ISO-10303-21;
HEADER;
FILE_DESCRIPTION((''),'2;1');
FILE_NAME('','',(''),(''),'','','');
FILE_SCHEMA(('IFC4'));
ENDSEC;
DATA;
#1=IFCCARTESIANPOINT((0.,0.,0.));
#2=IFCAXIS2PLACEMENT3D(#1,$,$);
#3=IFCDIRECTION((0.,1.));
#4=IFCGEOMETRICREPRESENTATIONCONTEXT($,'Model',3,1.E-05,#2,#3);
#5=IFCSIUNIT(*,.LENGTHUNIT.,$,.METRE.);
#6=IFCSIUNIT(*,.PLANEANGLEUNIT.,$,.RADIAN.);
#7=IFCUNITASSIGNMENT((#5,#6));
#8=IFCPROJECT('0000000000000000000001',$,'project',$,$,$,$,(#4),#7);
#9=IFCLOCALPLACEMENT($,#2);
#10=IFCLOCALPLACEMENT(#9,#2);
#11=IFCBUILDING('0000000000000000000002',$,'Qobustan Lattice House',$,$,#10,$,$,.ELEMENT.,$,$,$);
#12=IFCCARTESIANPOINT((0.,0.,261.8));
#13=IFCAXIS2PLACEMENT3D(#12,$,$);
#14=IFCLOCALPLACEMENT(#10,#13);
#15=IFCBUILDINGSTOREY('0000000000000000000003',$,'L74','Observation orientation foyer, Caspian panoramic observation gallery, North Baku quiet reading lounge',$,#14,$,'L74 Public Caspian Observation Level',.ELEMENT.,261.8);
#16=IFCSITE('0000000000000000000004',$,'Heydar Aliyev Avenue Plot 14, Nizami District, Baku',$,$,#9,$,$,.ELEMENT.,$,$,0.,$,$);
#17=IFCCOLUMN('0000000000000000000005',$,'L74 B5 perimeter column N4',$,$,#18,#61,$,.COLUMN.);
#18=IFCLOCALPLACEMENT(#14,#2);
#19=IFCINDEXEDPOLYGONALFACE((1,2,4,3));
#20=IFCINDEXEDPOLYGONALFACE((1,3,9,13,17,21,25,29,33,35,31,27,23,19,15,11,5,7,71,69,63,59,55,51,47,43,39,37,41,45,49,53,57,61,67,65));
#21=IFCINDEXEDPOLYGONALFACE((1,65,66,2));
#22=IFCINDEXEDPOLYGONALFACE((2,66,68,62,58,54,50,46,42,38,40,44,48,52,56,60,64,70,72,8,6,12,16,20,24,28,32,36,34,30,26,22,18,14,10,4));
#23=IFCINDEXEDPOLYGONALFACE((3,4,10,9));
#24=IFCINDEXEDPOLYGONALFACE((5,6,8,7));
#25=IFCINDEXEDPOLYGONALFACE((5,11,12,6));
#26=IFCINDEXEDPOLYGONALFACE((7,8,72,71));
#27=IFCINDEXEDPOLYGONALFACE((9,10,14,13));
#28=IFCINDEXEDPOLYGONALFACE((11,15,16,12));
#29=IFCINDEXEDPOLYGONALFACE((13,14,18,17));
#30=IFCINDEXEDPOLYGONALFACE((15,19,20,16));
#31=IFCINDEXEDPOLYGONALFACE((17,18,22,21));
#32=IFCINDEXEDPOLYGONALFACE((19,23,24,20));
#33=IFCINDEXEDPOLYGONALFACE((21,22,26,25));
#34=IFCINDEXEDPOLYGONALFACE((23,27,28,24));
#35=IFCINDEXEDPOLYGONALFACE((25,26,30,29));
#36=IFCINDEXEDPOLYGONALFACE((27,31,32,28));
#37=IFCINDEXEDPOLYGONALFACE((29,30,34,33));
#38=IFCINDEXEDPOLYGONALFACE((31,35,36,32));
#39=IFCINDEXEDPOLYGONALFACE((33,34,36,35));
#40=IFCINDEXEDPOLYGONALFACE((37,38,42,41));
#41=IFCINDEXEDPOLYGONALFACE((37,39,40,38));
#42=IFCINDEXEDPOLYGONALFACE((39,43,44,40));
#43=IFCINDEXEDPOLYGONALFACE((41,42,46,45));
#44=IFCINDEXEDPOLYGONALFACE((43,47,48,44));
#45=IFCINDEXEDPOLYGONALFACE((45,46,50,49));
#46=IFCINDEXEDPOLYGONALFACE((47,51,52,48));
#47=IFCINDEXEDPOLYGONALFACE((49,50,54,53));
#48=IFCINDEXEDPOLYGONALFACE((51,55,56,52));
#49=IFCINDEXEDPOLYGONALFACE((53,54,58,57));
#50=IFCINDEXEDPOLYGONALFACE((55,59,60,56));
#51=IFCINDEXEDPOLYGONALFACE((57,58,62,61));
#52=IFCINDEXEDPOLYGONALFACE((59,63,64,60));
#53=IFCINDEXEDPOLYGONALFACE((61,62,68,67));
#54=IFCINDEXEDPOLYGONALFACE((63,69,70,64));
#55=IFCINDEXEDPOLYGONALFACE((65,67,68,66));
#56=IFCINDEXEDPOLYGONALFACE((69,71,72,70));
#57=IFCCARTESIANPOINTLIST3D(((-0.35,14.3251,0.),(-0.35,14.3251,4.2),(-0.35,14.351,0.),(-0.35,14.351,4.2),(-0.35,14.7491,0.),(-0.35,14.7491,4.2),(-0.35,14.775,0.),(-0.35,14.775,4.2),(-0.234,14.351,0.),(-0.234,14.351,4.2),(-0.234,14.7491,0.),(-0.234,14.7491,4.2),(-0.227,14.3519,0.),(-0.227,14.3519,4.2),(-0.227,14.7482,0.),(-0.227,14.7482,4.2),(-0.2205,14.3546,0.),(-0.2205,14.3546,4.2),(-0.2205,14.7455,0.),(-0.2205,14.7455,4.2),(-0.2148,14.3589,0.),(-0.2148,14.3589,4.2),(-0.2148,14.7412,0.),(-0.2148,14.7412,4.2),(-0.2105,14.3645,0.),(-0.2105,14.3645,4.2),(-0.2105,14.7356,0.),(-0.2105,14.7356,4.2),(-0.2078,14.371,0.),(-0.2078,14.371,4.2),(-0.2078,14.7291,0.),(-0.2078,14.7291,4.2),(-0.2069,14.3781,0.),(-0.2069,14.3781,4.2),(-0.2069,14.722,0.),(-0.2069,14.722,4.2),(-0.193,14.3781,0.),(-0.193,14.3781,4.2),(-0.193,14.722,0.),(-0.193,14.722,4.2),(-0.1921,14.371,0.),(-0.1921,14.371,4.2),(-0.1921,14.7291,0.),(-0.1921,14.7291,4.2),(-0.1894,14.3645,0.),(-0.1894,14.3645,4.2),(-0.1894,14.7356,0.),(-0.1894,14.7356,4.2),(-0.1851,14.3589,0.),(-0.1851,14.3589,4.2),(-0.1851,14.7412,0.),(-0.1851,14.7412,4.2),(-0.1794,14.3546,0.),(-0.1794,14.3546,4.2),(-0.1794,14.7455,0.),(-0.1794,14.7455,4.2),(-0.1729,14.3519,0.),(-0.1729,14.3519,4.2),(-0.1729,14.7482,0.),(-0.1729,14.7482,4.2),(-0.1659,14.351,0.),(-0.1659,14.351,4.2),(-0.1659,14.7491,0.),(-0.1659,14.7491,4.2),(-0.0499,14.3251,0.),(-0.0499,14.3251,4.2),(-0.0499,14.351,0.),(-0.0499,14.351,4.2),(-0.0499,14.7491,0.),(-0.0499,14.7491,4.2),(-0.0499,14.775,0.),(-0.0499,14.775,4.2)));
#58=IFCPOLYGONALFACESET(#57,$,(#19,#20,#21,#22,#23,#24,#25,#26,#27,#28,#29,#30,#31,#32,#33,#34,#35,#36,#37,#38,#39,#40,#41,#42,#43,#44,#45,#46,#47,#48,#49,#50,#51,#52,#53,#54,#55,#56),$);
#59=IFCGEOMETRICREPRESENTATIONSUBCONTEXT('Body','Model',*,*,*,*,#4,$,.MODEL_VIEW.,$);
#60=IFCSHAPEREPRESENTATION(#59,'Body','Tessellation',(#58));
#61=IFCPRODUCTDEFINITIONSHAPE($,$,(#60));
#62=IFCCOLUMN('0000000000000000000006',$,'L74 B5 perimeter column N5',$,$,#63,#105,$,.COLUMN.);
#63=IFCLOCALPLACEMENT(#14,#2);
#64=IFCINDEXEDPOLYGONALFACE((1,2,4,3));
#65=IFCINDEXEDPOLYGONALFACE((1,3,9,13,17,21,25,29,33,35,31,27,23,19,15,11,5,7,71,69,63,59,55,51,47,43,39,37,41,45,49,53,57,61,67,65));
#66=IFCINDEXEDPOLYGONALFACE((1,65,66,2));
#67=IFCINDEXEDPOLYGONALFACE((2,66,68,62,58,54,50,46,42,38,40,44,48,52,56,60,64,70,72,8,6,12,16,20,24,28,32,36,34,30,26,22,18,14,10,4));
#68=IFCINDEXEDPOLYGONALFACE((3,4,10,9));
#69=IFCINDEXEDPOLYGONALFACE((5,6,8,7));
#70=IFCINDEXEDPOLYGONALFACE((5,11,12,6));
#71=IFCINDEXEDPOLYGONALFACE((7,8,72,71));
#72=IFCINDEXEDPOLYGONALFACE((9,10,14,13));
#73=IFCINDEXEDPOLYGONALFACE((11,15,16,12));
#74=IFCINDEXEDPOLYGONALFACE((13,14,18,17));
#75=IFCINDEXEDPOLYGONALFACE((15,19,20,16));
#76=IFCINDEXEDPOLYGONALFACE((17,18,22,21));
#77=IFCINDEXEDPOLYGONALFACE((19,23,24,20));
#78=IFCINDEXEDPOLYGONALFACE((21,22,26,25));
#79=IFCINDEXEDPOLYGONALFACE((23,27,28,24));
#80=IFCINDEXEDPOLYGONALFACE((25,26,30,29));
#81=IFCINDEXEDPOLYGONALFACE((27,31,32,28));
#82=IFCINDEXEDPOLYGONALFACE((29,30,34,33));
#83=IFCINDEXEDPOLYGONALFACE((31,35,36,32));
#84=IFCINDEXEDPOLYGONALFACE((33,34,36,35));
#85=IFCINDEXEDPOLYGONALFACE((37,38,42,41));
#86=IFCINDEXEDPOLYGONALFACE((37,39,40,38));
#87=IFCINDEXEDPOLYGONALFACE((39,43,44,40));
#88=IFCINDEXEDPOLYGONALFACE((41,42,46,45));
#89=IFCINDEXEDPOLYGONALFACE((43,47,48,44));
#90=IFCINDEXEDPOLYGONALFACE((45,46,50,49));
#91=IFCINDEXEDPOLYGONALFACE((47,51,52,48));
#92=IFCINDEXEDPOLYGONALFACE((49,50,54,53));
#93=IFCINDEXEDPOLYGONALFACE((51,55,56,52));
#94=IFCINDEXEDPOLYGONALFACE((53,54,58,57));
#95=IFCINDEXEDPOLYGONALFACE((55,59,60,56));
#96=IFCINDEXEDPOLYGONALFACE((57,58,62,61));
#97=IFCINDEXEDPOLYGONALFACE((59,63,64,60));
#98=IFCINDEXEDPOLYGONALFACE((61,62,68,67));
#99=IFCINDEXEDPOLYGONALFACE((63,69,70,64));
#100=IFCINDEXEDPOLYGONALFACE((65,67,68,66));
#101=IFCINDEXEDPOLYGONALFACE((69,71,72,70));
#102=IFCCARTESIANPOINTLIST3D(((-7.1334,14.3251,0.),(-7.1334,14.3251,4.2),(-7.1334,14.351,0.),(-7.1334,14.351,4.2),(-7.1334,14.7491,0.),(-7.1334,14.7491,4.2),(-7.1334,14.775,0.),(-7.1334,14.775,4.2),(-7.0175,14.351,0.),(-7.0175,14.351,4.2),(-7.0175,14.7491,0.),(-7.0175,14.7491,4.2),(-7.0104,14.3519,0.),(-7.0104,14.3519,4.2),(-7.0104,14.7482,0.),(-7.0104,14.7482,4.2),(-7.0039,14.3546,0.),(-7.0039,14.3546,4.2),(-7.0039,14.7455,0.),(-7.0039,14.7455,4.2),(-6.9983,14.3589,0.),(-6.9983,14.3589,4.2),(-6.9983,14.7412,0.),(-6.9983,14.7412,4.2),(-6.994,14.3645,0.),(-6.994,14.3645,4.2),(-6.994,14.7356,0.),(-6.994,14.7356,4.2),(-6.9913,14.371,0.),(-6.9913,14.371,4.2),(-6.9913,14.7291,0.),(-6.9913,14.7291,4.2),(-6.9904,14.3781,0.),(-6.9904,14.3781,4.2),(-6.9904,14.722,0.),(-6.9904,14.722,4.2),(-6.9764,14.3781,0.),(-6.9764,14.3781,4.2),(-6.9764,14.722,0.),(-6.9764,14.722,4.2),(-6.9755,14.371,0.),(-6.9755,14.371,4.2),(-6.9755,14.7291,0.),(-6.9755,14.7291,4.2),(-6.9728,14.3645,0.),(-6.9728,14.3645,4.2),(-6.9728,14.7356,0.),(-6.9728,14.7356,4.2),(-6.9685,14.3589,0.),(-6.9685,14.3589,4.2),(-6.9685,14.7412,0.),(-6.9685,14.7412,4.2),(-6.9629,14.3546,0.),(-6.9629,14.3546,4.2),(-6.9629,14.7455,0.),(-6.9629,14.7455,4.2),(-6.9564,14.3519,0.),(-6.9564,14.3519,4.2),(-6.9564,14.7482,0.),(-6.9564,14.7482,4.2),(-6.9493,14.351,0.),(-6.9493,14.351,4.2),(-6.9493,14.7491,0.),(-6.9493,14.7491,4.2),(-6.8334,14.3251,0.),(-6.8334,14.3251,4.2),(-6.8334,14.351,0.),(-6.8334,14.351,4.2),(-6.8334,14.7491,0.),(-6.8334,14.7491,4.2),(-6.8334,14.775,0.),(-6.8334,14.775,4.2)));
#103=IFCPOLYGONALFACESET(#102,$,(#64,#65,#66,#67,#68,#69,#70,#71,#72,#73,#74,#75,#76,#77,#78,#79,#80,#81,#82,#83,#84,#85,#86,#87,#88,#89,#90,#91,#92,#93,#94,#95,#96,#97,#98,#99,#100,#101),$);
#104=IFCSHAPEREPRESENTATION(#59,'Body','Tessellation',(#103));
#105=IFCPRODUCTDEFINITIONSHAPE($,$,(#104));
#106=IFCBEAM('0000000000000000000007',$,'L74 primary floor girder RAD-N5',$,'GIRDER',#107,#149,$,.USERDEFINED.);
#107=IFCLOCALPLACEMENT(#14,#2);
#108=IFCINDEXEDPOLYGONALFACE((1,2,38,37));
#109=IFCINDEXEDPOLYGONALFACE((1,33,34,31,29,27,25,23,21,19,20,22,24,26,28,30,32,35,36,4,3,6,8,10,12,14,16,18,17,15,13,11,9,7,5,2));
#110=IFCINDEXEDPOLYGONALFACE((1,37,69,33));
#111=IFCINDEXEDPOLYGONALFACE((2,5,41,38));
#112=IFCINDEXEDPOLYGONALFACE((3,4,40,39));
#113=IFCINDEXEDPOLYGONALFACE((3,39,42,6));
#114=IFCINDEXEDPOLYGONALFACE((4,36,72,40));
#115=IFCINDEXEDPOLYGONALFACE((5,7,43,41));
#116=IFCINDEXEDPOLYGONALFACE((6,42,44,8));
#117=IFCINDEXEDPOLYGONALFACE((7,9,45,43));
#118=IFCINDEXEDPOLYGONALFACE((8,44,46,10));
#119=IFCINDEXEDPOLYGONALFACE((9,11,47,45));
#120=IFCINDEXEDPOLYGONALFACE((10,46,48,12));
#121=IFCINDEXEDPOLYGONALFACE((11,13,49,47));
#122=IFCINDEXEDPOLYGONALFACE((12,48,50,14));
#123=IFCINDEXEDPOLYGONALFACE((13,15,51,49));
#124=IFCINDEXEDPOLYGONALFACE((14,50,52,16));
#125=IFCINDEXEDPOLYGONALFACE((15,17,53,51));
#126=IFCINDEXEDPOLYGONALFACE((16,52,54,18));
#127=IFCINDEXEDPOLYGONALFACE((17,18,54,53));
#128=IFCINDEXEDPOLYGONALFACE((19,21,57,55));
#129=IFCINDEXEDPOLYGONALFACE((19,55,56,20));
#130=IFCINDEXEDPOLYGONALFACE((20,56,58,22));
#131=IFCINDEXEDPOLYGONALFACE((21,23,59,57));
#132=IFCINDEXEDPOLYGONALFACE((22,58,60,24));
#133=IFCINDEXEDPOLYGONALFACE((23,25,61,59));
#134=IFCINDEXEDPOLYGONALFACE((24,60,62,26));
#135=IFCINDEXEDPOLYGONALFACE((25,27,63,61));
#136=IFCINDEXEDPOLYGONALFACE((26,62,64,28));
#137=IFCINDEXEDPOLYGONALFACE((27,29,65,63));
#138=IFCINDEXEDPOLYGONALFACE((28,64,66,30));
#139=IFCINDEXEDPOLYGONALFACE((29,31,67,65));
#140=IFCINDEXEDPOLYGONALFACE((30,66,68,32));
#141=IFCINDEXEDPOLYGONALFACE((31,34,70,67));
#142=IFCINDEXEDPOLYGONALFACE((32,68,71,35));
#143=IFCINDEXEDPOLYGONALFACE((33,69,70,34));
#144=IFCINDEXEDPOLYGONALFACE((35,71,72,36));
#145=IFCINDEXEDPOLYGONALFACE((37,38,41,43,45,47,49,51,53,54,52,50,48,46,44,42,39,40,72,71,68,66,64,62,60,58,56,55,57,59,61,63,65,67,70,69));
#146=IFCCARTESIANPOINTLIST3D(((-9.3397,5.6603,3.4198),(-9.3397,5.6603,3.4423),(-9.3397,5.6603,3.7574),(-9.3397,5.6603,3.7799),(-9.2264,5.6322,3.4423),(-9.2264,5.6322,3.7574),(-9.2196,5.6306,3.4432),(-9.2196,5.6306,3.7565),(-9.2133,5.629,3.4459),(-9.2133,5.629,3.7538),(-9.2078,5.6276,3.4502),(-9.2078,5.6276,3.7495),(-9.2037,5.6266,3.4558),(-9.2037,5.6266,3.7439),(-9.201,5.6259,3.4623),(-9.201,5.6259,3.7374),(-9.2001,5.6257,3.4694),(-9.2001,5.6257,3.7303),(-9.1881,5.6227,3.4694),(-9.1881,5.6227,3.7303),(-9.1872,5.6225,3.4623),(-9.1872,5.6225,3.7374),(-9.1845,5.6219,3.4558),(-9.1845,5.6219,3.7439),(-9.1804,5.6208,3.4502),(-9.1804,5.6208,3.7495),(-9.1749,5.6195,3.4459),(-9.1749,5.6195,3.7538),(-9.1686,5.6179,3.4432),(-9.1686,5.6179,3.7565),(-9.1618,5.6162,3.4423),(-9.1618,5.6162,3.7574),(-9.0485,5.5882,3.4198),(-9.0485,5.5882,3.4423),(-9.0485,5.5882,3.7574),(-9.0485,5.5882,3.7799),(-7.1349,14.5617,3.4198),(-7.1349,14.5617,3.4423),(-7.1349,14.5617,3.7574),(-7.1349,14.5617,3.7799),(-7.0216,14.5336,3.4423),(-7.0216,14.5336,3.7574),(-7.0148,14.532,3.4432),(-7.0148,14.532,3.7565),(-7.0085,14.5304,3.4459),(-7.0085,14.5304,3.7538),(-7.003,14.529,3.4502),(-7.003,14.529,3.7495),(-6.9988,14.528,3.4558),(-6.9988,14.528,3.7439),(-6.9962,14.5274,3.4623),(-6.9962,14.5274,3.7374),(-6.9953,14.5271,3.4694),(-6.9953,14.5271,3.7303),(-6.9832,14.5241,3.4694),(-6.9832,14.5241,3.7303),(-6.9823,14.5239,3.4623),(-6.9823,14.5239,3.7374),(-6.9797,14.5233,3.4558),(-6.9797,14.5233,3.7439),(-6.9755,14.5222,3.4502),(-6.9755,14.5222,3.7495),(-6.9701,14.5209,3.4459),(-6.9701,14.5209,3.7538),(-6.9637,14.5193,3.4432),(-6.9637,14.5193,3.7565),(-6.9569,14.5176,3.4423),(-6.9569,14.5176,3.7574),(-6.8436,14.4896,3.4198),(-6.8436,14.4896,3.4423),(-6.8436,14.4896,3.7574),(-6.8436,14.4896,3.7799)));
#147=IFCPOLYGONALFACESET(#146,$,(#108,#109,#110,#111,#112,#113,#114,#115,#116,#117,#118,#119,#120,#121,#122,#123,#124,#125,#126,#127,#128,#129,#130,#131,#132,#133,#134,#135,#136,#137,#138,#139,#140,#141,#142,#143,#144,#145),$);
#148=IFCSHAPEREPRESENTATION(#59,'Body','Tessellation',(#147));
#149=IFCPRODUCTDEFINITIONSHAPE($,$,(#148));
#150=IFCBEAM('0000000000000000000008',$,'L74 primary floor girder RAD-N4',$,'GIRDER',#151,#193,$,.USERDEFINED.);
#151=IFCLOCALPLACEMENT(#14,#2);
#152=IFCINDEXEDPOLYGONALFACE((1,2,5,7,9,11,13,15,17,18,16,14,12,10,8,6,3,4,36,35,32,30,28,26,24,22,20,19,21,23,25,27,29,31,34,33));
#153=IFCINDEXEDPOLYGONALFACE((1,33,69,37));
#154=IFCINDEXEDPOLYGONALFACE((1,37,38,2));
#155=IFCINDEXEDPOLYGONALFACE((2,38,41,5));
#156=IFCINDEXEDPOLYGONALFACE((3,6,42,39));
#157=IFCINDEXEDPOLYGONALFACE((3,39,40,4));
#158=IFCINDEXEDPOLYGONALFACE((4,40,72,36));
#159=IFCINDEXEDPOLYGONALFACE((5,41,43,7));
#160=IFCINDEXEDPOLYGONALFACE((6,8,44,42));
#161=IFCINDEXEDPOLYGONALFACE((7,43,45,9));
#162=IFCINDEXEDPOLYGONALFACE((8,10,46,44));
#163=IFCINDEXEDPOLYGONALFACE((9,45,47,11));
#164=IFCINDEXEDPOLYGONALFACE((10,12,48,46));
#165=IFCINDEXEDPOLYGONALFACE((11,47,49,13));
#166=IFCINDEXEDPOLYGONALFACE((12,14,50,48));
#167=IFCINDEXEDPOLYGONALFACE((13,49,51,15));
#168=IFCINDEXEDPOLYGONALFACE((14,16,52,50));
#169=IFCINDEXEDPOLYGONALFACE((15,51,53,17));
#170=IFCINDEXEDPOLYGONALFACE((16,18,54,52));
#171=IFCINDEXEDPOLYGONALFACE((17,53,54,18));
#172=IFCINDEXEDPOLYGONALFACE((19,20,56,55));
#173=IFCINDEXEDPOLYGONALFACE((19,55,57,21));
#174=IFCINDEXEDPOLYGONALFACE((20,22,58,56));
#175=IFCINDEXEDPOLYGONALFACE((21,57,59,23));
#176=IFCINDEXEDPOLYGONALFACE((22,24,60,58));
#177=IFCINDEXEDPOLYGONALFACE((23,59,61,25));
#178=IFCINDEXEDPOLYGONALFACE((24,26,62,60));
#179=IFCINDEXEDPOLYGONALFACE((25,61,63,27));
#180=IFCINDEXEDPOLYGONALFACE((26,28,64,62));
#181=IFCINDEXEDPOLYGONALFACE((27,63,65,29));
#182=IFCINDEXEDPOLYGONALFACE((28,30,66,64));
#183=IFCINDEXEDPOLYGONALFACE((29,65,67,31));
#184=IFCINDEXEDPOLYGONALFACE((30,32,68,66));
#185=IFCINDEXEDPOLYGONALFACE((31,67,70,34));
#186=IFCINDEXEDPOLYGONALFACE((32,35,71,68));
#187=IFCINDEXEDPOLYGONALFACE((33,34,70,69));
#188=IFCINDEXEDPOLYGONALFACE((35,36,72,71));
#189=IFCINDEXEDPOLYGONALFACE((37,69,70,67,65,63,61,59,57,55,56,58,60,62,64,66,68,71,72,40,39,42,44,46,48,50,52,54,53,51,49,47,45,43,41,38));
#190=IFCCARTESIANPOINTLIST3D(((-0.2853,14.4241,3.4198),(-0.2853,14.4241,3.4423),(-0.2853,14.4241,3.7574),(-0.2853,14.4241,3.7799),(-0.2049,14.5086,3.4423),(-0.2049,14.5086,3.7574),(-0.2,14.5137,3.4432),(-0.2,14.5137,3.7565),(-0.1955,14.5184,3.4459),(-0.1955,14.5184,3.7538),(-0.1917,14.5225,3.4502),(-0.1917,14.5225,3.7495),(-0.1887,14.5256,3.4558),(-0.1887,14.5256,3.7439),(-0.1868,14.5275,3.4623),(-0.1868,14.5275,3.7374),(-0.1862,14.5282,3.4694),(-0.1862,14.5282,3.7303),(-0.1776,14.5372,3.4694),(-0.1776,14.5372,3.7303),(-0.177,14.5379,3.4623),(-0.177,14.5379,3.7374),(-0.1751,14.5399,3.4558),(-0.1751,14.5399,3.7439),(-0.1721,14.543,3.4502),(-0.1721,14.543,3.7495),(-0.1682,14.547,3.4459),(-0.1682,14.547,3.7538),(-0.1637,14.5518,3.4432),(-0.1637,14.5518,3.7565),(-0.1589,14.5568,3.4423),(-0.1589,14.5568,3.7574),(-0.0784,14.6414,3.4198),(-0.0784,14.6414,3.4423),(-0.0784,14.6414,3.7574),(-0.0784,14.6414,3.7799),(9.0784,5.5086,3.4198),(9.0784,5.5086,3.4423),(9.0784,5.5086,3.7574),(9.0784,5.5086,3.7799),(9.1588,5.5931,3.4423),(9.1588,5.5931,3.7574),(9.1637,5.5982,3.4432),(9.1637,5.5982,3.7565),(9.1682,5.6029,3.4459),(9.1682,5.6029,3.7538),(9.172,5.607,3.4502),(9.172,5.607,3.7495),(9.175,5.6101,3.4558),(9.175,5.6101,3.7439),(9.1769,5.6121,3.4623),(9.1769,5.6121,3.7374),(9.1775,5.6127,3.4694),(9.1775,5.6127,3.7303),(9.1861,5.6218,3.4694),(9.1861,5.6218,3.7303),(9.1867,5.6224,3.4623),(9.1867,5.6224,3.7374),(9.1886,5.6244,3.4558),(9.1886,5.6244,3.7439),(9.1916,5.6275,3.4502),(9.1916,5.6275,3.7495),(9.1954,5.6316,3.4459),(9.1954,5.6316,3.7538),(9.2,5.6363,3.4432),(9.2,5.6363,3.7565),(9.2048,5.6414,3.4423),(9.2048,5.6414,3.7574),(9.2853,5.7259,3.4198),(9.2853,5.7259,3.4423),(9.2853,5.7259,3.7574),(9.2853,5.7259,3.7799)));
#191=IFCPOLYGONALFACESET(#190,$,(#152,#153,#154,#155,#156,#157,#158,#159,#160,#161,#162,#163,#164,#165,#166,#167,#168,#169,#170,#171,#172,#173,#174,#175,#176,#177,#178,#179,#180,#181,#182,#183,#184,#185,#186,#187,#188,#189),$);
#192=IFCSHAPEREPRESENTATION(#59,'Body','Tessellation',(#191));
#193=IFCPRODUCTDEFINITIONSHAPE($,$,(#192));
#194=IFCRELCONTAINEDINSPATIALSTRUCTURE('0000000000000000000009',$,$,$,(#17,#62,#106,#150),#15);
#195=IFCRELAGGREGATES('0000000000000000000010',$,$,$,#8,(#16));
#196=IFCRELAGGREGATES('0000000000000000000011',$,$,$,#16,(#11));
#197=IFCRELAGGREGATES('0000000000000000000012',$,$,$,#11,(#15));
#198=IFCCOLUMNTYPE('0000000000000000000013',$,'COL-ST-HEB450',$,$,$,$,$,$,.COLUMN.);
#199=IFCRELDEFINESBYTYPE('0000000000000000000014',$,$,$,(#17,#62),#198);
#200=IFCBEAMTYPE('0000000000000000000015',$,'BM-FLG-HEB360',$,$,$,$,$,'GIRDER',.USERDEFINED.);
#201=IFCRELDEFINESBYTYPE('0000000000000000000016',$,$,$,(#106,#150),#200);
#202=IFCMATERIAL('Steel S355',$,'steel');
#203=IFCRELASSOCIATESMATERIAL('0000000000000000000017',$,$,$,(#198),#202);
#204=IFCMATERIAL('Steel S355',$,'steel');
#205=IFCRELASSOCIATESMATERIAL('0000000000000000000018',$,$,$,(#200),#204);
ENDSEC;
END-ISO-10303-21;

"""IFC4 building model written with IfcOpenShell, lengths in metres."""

from ifc_helpers import new_model, si_unit, direction, frame, origin, origin_2d, place, context, subcontext, project, spatial, i_section, extrude, material, material_profile, profile_set, type_object, element, save


model = new_model("IFC4")

# Units and contexts
model_context = context("Model", 3, precision=1e-05, world=origin(), true_north=direction((0.0, 1.0)))
body_context = subcontext(model_context, "Body", "Model", "MODEL_VIEW")
ifc_project = project(units=[si_unit("LENGTHUNIT", "METRE"), si_unit("PLANEANGLEUNIT", "RADIAN")], contexts=[model_context])

# Site, building, storey
site_placement = place(None, origin())
site = spatial("IfcSite", under=ifc_project, at=site_placement, Name="Heydar Aliyev Avenue Plot 14, Nizami District, Baku", CompositionType="ELEMENT", RefElevation=0.0)
building_placement = place(site_placement, origin())
building = spatial("IfcBuilding", under=site, at=building_placement, Name="Qobustan Lattice House", CompositionType="ELEMENT")
storey_placement = place(building_placement, frame((0.0, 0.0, 261.8)))
storey = spatial("IfcBuildingStorey", under=building, at=storey_placement, Name="L74", Description="Observation orientation foyer, Caspian panoramic observation gallery, North Baku quiet reading lounge", LongName="L74 Public Caspian Observation Level", CompositionType="ELEMENT", Elevation=261.8)

# Columns
ifc_material_1 = material(Name="Steel S355", Category="steel")
ifc_material_profile_1 = material_profile(ifc_material_1, i_section(OverallWidth=0.3, OverallDepth=0.45, WebThickness=0.0139, FlangeThickness=0.0259, FilletRadius=0.0271, at=origin_2d()), Name="HEB450")
ifc_profile_set_1 = profile_set([ifc_material_profile_1], Name="Steel S355")
column_type = type_object("IfcColumnType", Name="COL-ST-HEB450", PredefinedType="COLUMN", material=ifc_profile_set_1)
for number, where, z_axis, x_axis, name in (
    (1, (-0.2, 14.55, 0.0), (0.0, 0.0, 1.0), (1.0, 0.0, 0.0), "L74 B5 perimeter column N4"),
    (2, (-6.9834, 14.55, 0.0), (0.0, 0.0, 1.0), (1.0, 0.0, 0.0), "L74 B5 perimeter column N5"),
):
    element("IfcColumn", number, at=place(storey_placement, frame(where, z_axis=z_axis, x_axis=x_axis)), inside=storey, type_object=column_type, Name=name, PredefinedType="COLUMN", context=body_context, shape_type="SweptSolid", body=[
        extrude(i_section(OverallWidth=0.3, OverallDepth=0.45, WebThickness=0.0139, FlangeThickness=0.0259, FilletRadius=0.0271, at=origin_2d()), origin(), (0.0, 0.0, 1.0), 4.2),
    ])

# Beams
ifc_material_2 = material(Name="Steel S355", Category="steel")
ifc_material_profile_2 = material_profile(ifc_material_2, i_section(OverallWidth=0.3, OverallDepth=0.3601, WebThickness=0.0125, FlangeThickness=0.0225, FilletRadius=0.0271, at=origin_2d()), Name="HEB360")
ifc_profile_set_2 = profile_set([ifc_material_profile_2], Name="Steel S355")
beam_type_1 = type_object("IfcBeamType", Name="BM-FLG-HEB360", ElementType="GIRDER", PredefinedType="USERDEFINED", material=ifc_profile_set_2)
beam_1_placement = place(storey_placement, frame((-6.9893, 14.5256, 3.5999), z_axis=(-0.24043, -0.970666, 0.0), x_axis=(0.970666, -0.24043, 0.0)))
element("IfcBeam", 3, at=beam_1_placement, inside=storey, type_object=beam_type_1, Name="L74 primary floor girder RAD-N5", ObjectType="GIRDER", PredefinedType="USERDEFINED", context=body_context, shape_type="SweptSolid", body=[
    extrude(i_section(OverallWidth=0.3, OverallDepth=0.3601, WebThickness=0.0125, FlangeThickness=0.0225, FilletRadius=0.0271, at=origin_2d()), origin(), (0.0, 0.0, 1.0), 9.1704),
])
beam_2_placement = place(storey_placement, frame((-0.1819, 14.5327, 3.5999), z_axis=(0.724229, -0.68956, 0.0), x_axis=(0.68956, 0.724229, 0.0)))
element("IfcBeam", 4, at=beam_2_placement, inside=storey, type_object=beam_type_1, Name="L74 primary floor girder RAD-N4", ObjectType="GIRDER", PredefinedType="USERDEFINED", context=body_context, shape_type="SweptSolid", body=[
    extrude(i_section(OverallWidth=0.3, OverallDepth=0.3601, WebThickness=0.0125, FlangeThickness=0.0225, FilletRadius=0.0271, at=origin_2d()), origin(), (0.0, 0.0, 1.0), 12.9292),
])

save(model, "model.ifc")
